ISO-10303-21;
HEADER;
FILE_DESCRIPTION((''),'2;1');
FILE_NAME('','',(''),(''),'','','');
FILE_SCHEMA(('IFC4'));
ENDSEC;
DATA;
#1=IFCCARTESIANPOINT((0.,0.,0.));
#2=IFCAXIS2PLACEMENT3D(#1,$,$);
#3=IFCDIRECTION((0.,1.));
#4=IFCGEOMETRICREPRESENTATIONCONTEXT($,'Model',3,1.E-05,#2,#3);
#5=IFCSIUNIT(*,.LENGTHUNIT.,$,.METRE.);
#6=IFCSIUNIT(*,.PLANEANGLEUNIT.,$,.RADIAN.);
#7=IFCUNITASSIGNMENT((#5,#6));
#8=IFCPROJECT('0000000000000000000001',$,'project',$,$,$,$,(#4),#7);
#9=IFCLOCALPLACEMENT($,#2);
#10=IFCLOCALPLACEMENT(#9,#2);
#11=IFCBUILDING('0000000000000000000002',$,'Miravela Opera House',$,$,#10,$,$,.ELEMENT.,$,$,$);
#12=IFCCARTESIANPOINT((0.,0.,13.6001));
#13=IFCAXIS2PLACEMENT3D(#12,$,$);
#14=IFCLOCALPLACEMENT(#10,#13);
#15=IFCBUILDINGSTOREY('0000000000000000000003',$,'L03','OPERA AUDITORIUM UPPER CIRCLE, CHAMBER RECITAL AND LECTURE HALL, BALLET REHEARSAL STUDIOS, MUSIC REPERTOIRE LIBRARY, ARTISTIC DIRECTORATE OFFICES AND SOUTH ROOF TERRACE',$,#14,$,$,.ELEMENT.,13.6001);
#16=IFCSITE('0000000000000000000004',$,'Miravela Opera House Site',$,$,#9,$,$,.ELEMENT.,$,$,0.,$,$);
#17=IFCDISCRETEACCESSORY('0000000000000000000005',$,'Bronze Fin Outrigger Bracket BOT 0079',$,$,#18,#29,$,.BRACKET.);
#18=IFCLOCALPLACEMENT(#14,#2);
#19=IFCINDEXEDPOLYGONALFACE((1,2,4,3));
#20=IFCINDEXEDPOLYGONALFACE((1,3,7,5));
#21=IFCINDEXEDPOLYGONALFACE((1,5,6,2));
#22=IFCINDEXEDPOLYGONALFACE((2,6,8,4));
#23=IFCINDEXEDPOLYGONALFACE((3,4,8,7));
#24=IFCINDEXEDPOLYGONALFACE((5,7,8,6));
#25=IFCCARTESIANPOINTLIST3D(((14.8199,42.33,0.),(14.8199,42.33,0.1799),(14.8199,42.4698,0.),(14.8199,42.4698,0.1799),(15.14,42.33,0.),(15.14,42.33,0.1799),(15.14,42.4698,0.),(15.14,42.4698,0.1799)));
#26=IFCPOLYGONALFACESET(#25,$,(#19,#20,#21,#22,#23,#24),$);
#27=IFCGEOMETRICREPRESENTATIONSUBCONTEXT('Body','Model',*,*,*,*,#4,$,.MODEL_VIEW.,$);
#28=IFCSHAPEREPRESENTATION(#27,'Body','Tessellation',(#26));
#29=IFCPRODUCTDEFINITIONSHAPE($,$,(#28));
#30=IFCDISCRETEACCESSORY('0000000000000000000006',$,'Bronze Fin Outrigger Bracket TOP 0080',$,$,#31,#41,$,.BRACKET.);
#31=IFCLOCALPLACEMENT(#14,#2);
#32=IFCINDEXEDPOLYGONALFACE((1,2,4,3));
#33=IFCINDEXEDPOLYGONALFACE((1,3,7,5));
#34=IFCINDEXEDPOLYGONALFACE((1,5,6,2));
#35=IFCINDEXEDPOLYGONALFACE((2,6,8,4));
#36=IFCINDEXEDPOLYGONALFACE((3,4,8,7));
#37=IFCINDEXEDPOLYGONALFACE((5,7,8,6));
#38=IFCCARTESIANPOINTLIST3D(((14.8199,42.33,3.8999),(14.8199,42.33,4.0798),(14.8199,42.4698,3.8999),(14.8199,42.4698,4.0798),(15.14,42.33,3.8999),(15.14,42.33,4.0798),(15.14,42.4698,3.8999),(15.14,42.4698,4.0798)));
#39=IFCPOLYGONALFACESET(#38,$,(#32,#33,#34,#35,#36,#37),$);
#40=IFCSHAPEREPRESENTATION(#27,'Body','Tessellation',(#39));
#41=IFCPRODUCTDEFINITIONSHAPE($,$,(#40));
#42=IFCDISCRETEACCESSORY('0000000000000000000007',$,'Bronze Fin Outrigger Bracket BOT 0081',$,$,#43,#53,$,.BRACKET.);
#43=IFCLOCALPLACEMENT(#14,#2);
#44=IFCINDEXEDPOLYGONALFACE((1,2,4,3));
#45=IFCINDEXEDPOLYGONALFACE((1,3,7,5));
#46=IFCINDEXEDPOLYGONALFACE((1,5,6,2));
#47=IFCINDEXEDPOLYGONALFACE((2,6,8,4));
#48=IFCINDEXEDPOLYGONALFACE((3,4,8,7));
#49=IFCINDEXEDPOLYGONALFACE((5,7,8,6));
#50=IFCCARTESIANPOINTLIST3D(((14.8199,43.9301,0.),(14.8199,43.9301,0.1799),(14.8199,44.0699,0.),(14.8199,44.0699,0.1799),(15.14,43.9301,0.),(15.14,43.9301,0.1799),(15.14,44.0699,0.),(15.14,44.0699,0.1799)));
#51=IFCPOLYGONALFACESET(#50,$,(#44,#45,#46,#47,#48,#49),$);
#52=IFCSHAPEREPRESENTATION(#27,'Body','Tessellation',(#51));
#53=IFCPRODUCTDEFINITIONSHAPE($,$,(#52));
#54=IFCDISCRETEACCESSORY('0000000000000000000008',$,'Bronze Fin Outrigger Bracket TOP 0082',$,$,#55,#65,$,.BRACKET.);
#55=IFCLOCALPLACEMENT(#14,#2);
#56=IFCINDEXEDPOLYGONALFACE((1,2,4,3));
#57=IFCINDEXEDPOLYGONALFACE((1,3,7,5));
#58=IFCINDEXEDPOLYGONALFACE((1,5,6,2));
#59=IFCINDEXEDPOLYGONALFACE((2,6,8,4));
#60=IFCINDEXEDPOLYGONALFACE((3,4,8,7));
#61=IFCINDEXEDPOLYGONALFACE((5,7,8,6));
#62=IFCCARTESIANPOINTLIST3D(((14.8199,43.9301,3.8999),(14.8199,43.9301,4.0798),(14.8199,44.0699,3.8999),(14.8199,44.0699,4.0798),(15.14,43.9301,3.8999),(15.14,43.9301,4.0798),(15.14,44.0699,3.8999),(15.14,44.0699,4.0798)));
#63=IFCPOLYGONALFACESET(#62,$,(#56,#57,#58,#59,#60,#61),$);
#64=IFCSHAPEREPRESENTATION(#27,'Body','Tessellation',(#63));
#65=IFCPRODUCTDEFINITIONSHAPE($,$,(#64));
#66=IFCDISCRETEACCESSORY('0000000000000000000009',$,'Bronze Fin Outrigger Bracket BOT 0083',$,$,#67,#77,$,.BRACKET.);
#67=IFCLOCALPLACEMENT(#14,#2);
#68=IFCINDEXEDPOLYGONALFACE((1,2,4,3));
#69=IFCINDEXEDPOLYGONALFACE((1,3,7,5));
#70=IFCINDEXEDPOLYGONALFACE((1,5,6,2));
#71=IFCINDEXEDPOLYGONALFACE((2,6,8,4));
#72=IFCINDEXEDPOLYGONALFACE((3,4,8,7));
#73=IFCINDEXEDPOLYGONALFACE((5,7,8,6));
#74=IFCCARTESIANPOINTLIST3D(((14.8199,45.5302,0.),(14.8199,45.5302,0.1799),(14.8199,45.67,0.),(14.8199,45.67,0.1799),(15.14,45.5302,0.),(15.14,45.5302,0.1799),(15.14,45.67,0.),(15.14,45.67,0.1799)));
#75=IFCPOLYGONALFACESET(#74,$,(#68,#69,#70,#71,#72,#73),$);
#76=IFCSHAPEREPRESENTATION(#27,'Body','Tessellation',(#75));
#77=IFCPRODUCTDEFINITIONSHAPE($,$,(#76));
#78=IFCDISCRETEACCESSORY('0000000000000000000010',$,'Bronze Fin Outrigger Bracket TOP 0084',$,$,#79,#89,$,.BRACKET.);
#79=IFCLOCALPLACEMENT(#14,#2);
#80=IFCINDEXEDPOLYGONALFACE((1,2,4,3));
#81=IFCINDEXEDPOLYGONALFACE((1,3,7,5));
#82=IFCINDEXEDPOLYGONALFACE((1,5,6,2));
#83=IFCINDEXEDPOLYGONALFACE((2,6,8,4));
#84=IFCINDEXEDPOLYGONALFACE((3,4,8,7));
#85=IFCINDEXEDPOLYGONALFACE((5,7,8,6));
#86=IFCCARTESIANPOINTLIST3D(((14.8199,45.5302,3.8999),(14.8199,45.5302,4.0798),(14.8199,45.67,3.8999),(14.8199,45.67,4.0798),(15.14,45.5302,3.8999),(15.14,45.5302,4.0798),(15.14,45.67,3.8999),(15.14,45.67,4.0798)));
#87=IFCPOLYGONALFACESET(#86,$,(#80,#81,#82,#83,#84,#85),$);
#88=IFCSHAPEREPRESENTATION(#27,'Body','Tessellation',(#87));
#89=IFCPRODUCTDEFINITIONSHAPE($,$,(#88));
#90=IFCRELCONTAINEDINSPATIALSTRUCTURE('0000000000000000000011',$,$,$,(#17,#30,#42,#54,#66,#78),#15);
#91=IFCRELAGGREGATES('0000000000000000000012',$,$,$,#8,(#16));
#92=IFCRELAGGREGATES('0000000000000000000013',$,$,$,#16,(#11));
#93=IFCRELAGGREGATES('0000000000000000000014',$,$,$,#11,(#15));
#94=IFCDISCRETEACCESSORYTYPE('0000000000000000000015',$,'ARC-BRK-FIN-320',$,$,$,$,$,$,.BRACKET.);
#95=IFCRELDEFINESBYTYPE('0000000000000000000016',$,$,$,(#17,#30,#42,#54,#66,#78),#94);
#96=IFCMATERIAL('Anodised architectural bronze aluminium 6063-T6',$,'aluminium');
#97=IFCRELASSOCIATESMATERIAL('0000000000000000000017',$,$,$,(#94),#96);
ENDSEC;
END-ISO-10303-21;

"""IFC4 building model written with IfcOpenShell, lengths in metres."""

from ifc_helpers import new_model, si_unit, direction, frame, origin, origin_2d, place, context, subcontext, project, spatial, rectangle, extrude, material, type_object, element, save


model = new_model("IFC4")

# Units and contexts
model_context = context("Model", 3, precision=1e-05, world=origin(), true_north=direction((0.0, 1.0)))
body_context = subcontext(model_context, "Body", "Model", "MODEL_VIEW")
ifc_project = project(units=[si_unit("LENGTHUNIT", "METRE"), si_unit("PLANEANGLEUNIT", "RADIAN")], contexts=[model_context])

# Site, building, storey
site_placement = place(None, origin())
site = spatial("IfcSite", under=ifc_project, at=site_placement, Name="Miravela Opera House Site", CompositionType="ELEMENT", RefElevation=0.0)
building_placement = place(site_placement, origin())
building = spatial("IfcBuilding", under=site, at=building_placement, Name="Miravela Opera House", CompositionType="ELEMENT")
storey_placement = place(building_placement, frame((0.0, 0.0, 13.6001)))
storey = spatial("IfcBuildingStorey", under=building, at=storey_placement, Name="L03", Description="OPERA AUDITORIUM UPPER CIRCLE, CHAMBER RECITAL AND LECTURE HALL, BALLET REHEARSAL STUDIOS, MUSIC REPERTOIRE LIBRARY, ARTISTIC DIRECTORATE OFFICES AND SOUTH ROOF TERRACE", CompositionType="ELEMENT", Elevation=13.6001)

# Shared definitions
ifc_material_1 = material(Name="Anodised architectural bronze aluminium 6063-T6", Category="aluminium")

# Discrete accessories
discrete_accessory_type = type_object("IfcDiscreteAccessoryType", Name="ARC-BRK-FIN-320", PredefinedType="BRACKET", material=ifc_material_1)
for number, where, z_axis, x_axis, name in (
    (1, (14.98, 42.3999, 0.0), (0.0, 0.0, 1.0), (1.0, 0.0, 0.0), "Bronze Fin Outrigger Bracket BOT 0079"),
    (2, (14.98, 42.3999, 3.8999), (0.0, 0.0, 1.0), (1.0, 0.0, 0.0), "Bronze Fin Outrigger Bracket TOP 0080"),
    (3, (14.98, 44.0, 0.0), (0.0, 0.0, 1.0), (1.0, 0.0, 0.0), "Bronze Fin Outrigger Bracket BOT 0081"),
    (4, (14.98, 44.0, 3.8999), (0.0, 0.0, 1.0), (1.0, 0.0, 0.0), "Bronze Fin Outrigger Bracket TOP 0082"),
    (5, (14.98, 45.6001, 0.0), (0.0, 0.0, 1.0), (1.0, 0.0, 0.0), "Bronze Fin Outrigger Bracket BOT 0083"),
    (6, (14.98, 45.6001, 3.8999), (0.0, 0.0, 1.0), (1.0, 0.0, 0.0), "Bronze Fin Outrigger Bracket TOP 0084"),
):
    element("IfcDiscreteAccessory", number, at=place(storey_placement, frame(where, z_axis=z_axis, x_axis=x_axis)), inside=storey, type_object=discrete_accessory_type, Name=name, PredefinedType="BRACKET", context=body_context, shape_type="SweptSolid", body=[
        extrude(rectangle(XDim=0.3201, YDim=0.1399, at=origin_2d()), origin(), (0.0, 0.0, 1.0), 0.1799),
    ])

save(model, "model.ifc")
